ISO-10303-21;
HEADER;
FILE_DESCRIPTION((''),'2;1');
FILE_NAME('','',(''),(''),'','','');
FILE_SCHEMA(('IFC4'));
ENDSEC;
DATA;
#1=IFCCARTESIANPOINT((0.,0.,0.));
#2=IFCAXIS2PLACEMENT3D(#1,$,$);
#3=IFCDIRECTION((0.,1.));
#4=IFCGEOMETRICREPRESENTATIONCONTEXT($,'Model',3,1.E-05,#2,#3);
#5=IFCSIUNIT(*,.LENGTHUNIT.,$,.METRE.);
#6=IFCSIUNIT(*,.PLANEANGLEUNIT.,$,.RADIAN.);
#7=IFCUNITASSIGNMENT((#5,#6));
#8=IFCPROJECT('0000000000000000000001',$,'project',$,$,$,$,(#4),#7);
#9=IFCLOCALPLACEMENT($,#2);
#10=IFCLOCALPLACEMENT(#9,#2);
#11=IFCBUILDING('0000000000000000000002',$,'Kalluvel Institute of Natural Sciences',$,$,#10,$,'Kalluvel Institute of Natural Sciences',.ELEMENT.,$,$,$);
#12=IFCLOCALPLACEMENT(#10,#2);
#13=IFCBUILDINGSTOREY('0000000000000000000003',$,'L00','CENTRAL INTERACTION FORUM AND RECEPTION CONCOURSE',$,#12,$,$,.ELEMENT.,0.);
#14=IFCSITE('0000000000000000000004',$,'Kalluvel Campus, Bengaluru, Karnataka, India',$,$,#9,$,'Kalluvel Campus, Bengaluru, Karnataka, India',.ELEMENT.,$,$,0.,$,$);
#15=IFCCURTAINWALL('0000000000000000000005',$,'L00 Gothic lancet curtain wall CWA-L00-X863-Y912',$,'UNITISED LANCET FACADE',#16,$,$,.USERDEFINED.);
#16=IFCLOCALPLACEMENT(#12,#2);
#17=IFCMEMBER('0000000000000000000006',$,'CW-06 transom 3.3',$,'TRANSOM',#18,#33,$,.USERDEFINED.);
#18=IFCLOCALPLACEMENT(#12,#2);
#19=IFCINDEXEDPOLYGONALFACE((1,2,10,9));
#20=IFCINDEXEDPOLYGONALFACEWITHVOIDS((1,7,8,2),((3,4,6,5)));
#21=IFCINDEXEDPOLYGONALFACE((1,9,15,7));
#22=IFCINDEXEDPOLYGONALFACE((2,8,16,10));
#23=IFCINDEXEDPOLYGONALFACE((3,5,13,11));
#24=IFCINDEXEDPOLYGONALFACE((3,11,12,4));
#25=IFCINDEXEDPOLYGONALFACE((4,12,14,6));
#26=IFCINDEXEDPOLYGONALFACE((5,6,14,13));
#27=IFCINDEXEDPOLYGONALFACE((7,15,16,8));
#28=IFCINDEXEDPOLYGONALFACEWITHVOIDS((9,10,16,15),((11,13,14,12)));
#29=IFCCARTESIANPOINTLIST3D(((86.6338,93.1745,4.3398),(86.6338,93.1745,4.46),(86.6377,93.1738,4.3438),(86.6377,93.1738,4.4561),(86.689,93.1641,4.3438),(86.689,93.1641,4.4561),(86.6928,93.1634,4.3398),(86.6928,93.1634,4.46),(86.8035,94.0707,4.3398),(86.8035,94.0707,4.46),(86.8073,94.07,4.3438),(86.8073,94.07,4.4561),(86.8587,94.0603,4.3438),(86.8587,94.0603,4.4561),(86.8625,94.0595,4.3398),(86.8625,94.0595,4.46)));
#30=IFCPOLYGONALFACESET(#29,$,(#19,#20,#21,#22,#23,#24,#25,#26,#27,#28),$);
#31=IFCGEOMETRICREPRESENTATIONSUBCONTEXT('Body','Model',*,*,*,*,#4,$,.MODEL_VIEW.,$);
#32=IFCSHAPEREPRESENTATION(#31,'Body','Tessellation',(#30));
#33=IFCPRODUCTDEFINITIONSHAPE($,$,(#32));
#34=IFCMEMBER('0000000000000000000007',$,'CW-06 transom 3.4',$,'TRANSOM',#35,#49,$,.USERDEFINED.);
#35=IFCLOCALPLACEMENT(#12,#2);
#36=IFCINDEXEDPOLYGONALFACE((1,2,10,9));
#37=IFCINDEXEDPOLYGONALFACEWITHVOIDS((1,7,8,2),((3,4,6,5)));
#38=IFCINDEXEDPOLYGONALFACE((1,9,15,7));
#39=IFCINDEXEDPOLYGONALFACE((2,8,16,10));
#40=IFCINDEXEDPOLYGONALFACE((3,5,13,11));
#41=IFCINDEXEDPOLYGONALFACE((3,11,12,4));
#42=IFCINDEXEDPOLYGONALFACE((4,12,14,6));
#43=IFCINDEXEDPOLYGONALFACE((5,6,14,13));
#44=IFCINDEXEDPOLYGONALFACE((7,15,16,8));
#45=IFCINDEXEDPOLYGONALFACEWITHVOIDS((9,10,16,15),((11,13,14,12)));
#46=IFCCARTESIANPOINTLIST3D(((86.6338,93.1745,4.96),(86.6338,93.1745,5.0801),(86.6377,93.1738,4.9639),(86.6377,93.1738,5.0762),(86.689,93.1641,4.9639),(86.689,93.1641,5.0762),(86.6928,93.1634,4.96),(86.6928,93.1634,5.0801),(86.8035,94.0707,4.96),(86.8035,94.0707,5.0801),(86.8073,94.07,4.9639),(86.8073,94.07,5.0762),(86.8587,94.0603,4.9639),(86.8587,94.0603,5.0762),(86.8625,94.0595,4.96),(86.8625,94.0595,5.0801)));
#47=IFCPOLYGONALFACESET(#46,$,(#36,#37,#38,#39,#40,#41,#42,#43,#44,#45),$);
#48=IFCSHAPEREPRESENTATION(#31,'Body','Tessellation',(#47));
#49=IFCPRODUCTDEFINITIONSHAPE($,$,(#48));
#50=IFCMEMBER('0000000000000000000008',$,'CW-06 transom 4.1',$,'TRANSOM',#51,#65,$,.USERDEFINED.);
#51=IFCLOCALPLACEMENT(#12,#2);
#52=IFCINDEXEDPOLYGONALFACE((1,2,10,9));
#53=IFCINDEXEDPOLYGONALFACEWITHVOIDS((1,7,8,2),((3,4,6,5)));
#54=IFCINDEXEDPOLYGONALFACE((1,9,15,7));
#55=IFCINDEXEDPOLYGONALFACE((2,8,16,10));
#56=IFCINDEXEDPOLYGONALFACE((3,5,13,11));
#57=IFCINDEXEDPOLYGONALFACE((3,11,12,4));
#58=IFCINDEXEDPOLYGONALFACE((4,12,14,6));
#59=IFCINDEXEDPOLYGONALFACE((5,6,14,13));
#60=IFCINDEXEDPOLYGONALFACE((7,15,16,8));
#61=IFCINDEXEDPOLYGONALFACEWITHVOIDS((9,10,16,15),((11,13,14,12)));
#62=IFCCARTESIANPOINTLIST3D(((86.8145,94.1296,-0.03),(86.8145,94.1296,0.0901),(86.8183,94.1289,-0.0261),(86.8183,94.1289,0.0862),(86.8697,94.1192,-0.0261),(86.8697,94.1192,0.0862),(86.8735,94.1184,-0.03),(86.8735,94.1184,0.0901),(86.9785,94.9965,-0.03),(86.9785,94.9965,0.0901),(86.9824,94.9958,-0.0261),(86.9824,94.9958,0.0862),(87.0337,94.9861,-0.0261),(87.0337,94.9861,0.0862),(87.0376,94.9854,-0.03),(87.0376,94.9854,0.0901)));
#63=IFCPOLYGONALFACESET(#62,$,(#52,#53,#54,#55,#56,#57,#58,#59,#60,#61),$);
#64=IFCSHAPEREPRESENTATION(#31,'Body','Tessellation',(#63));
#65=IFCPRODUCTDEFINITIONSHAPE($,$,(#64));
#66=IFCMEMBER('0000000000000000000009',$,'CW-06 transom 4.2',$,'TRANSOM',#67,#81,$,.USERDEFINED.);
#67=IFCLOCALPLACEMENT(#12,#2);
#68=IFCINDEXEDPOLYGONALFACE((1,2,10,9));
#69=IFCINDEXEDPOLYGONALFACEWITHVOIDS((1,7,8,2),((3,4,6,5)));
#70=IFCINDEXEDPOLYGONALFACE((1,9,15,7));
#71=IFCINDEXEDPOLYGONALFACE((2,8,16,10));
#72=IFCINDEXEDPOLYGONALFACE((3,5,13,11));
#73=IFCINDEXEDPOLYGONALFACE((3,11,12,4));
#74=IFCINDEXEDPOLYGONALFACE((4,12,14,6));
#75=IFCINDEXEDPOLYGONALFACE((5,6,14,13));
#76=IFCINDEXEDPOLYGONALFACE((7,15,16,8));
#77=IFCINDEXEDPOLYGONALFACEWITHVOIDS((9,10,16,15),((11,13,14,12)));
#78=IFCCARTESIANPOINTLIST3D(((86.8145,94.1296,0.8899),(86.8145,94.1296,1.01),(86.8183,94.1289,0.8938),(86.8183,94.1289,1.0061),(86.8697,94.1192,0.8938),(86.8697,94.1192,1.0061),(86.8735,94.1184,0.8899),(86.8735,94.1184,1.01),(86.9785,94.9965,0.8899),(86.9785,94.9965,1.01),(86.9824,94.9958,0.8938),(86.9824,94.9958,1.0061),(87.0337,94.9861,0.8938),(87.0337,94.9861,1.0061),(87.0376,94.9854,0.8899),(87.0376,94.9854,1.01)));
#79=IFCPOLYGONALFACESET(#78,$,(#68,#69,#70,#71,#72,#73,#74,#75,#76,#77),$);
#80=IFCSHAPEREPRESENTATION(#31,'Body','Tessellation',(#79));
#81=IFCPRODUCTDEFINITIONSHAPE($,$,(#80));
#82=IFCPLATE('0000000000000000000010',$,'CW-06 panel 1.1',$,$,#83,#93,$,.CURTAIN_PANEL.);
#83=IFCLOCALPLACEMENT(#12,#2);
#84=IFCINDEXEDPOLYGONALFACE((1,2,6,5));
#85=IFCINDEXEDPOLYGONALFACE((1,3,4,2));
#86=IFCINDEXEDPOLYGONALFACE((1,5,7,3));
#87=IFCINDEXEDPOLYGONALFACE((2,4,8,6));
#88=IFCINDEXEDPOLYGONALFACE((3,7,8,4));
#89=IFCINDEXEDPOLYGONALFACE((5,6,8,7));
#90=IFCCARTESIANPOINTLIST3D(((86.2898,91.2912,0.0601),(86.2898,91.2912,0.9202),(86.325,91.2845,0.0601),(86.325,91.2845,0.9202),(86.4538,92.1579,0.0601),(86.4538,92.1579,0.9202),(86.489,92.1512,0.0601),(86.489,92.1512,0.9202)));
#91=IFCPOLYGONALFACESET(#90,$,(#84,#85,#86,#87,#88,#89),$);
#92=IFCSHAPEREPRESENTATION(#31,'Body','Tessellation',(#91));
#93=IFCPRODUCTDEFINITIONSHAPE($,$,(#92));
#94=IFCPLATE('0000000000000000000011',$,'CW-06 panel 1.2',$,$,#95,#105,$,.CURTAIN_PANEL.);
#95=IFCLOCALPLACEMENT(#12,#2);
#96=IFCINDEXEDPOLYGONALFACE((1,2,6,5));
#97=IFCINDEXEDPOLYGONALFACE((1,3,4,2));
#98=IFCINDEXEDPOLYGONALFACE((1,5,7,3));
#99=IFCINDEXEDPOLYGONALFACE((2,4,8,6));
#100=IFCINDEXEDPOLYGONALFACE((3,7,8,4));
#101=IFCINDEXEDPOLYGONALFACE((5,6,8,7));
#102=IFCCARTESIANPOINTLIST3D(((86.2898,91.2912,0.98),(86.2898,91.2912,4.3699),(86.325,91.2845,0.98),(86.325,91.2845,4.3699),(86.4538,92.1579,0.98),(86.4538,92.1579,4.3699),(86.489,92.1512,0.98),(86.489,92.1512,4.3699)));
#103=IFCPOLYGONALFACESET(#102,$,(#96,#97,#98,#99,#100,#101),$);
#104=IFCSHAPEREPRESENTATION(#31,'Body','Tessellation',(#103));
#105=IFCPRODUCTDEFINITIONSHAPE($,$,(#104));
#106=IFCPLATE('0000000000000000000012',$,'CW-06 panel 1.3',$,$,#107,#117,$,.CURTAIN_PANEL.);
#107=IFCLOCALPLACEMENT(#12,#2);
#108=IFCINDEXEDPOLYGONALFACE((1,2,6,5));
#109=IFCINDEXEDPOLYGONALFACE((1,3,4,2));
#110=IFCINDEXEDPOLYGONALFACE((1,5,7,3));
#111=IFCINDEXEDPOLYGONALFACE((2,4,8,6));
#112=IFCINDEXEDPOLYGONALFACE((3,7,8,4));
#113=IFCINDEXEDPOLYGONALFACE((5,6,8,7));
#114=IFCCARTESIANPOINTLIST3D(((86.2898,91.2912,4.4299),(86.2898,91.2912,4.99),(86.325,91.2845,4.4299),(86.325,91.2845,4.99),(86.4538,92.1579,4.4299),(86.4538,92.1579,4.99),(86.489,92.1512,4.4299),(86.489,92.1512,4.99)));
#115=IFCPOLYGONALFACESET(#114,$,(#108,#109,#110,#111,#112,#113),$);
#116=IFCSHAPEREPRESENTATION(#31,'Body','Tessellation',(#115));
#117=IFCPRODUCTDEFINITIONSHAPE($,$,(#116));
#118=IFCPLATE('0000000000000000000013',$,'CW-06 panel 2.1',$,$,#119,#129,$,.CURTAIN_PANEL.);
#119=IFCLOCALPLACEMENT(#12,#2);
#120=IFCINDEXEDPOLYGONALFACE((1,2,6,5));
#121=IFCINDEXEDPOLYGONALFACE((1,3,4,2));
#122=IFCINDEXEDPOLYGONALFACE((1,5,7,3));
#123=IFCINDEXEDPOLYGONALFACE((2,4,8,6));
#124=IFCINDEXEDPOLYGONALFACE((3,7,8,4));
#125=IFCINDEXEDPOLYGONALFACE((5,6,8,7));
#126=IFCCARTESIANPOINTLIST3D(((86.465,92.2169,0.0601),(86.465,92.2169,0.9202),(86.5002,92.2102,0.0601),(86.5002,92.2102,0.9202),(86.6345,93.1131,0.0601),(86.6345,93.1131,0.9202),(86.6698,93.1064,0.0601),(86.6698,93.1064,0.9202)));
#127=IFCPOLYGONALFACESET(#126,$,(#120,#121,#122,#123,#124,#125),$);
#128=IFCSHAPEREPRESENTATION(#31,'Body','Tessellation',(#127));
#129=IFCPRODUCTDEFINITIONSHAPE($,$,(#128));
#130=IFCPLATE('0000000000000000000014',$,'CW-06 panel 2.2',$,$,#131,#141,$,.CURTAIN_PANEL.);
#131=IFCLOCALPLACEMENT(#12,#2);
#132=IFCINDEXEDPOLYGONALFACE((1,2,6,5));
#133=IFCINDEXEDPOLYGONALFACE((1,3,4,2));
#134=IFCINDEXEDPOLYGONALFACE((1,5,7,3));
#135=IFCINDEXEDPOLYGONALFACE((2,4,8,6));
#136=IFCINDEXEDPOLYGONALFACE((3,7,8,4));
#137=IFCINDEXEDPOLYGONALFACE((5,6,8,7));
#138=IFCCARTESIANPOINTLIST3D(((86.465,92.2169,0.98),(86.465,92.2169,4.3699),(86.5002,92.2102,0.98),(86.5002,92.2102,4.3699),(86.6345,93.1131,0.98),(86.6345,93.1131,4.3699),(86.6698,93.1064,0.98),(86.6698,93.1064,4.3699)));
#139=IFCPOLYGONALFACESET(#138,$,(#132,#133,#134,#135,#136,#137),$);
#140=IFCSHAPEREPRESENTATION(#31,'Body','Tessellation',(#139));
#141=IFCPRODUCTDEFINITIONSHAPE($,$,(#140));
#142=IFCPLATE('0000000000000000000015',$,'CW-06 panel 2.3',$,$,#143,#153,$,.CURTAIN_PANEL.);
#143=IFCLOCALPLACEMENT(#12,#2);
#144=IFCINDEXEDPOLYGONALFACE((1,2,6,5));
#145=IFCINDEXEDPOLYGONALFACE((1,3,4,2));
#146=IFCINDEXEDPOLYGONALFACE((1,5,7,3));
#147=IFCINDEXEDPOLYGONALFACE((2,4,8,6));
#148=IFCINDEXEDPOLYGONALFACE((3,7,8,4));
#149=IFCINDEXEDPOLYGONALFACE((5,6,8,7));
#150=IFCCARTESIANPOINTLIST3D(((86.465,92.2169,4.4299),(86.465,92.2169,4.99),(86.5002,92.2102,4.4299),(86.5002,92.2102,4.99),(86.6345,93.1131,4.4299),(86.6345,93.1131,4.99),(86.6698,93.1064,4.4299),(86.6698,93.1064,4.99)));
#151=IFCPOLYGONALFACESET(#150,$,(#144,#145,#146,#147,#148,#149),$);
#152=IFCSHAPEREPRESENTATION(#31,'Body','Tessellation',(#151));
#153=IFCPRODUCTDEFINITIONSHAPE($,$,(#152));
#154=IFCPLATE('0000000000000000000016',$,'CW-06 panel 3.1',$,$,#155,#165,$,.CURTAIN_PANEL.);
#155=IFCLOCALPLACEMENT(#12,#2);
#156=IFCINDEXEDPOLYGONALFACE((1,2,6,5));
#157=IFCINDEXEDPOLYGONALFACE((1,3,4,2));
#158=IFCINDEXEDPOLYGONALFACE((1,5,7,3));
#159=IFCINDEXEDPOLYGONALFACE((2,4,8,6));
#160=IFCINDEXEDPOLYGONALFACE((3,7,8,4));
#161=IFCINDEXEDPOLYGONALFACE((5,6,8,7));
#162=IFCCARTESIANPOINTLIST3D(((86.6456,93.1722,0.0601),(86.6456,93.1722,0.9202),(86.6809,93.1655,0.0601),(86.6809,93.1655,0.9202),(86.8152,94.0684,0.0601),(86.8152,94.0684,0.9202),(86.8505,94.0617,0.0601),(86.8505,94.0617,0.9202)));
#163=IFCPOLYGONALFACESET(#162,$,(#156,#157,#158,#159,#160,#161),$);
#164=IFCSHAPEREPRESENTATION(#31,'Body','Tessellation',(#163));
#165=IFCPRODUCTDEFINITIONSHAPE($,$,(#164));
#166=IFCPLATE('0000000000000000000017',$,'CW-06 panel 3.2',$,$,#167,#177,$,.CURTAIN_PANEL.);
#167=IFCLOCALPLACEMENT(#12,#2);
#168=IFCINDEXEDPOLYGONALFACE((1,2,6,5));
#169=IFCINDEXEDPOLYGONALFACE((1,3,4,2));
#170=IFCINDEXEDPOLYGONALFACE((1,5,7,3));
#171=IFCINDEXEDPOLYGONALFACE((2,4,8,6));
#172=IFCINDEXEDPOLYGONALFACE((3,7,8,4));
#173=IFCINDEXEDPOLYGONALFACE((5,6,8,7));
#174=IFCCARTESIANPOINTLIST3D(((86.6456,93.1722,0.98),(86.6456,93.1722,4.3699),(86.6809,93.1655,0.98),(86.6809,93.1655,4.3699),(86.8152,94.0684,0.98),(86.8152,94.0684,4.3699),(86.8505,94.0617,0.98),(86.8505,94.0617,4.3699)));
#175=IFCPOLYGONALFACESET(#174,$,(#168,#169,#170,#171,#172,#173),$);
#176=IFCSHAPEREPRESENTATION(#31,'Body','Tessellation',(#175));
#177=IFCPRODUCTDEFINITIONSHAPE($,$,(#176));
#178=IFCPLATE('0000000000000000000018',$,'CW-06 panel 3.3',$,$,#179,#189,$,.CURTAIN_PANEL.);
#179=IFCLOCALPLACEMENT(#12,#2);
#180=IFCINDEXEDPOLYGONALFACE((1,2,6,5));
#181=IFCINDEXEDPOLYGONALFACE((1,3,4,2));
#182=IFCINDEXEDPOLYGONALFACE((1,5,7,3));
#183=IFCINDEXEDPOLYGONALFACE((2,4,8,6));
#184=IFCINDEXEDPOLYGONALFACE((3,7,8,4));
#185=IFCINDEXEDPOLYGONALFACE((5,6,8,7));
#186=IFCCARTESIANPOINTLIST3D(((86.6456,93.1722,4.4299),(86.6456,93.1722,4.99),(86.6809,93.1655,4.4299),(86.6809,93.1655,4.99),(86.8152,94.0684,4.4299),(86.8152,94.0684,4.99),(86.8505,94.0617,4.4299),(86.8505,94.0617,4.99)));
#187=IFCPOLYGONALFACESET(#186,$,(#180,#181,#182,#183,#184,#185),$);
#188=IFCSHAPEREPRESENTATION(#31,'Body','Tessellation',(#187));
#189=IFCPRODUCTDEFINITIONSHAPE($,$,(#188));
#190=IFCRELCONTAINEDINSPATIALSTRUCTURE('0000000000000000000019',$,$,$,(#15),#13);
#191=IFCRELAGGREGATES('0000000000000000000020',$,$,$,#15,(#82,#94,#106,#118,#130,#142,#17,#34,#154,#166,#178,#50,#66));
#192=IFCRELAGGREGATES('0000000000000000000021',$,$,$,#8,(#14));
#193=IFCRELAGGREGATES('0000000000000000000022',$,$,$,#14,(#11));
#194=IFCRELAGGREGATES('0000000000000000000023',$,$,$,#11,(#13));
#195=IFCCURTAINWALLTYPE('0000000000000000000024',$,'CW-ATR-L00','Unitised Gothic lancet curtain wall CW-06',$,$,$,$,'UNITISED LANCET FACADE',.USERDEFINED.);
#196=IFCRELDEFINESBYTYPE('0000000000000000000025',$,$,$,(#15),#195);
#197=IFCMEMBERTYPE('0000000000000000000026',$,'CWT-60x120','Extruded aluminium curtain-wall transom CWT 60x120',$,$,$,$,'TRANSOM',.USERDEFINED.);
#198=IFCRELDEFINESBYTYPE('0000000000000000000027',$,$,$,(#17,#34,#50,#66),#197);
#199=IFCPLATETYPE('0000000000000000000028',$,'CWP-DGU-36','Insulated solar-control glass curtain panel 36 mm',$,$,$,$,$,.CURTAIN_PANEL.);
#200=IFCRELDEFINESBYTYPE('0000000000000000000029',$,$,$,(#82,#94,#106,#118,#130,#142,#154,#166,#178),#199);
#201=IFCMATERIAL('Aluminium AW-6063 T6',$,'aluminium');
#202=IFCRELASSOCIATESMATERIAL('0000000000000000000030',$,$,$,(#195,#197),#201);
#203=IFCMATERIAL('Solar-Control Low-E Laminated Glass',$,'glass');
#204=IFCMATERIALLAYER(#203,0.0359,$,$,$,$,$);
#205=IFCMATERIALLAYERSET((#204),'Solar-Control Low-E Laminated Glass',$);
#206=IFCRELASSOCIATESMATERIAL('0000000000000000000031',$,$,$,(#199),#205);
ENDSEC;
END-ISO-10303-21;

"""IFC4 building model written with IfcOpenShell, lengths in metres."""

from ifc_helpers import new_model, si_unit, direction, frame, origin, origin_2d, place, context, subcontext, project, spatial, rectangle, hollow_rectangle, extrude, material, layer, layer_set, material_profile, profile_set, type_object, element, aggregate, save


model = new_model("IFC4")

# Units and contexts
model_context = context("Model", 3, precision=1e-05, world=origin(), true_north=direction((0.0, 1.0)))
body_context = subcontext(model_context, "Body", "Model", "MODEL_VIEW")
ifc_project = project(units=[si_unit("LENGTHUNIT", "METRE"), si_unit("PLANEANGLEUNIT", "RADIAN")], contexts=[model_context])

# Site, building, storey
site_placement = place(None, origin())
site = spatial("IfcSite", under=ifc_project, at=site_placement, Name="Kalluvel Campus, Bengaluru, Karnataka, India", LongName="Kalluvel Campus, Bengaluru, Karnataka, India", CompositionType="ELEMENT", RefElevation=0.0)
building_placement = place(site_placement, origin())
building = spatial("IfcBuilding", under=site, at=building_placement, Name="Kalluvel Institute of Natural Sciences", LongName="Kalluvel Institute of Natural Sciences", CompositionType="ELEMENT")
storey_placement = place(building_placement, origin())
storey = spatial("IfcBuildingStorey", under=building, at=storey_placement, Name="L00", Description="CENTRAL INTERACTION FORUM AND RECEPTION CONCOURSE", CompositionType="ELEMENT", Elevation=0.0)

# Curtain wall, members, plates
ifc_material_1 = material(Name="Aluminium AW-6063 T6", Category="aluminium")
curtain_wall_type = type_object("IfcCurtainWallType", Name="CW-ATR-L00", Description="Unitised Gothic lancet curtain wall CW-06", ElementType="UNITISED LANCET FACADE", PredefinedType="USERDEFINED", material=ifc_material_1)
curtain_wall_placement = place(storey_placement, origin())
curtain_wall = element("IfcCurtainWall", 1, at=curtain_wall_placement, inside=storey, type_object=curtain_wall_type, Name="L00 Gothic lancet curtain wall CWA-L00-X863-Y912", ObjectType="UNITISED LANCET FACADE", PredefinedType="USERDEFINED")
ifc_material_profile_1 = material_profile(ifc_material_1, hollow_rectangle(XDim=0.0601, YDim=0.1201, WallThickness=0.0039, at=origin_2d()), Name="CWT 60x120")
ifc_profile_set_1 = profile_set([ifc_material_profile_1], Name="Aluminium AW-6063 T6")
member_type_1 = type_object("IfcMemberType", Name="CWT-60x120", Description="Extruded aluminium curtain-wall transom CWT 60x120", ElementType="TRANSOM", PredefinedType="USERDEFINED", material=ifc_profile_set_1)
member_1_placement = place(storey_placement, frame((86.6633, 93.1689, 4.3999), z_axis=(0.186017, 0.982546, 0.0), x_axis=(-0.982546, 0.186017, 0.0)))
member_1 = element("IfcMember", 2, at=member_1_placement, type_object=member_type_1, Name="CW-06 transom 3.3", ObjectType="TRANSOM", PredefinedType="USERDEFINED", context=body_context, shape_type="SweptSolid", body=[
    extrude(hollow_rectangle(XDim=0.0601, YDim=0.1201, WallThickness=0.0039, at=origin_2d()), origin(), (0.0, 0.0, 1.0), 0.9121),
])
member_2_placement = place(storey_placement, frame((86.6633, 93.1689, 5.02), z_axis=(0.186017, 0.982546, 0.0), x_axis=(-0.982546, 0.186017, 0.0)))
member_2 = element("IfcMember", 3, at=member_2_placement, type_object=member_type_1, Name="CW-06 transom 3.4", ObjectType="TRANSOM", PredefinedType="USERDEFINED", context=body_context, shape_type="SweptSolid", body=[
    extrude(hollow_rectangle(XDim=0.0601, YDim=0.1201, WallThickness=0.0039, at=origin_2d()), origin(), (0.0, 0.0, 1.0), 0.9121),
])
member_3_placement = place(storey_placement, frame((86.844, 94.124, 0.03), z_axis=(0.185942, 0.982561, 0.0), x_axis=(-0.982561, 0.185942, 0.0)))
member_3 = element("IfcMember", 4, at=member_3_placement, type_object=member_type_1, Name="CW-06 transom 4.1", ObjectType="TRANSOM", PredefinedType="USERDEFINED", context=body_context, shape_type="SweptSolid", body=[
    extrude(hollow_rectangle(XDim=0.0601, YDim=0.1201, WallThickness=0.0039, at=origin_2d()), origin(), (0.0, 0.0, 1.0), 0.8823),
])
member_4_placement = place(storey_placement, frame((86.844, 94.124, 0.95), z_axis=(0.185942, 0.982561, 0.0), x_axis=(-0.982561, 0.185942, 0.0)))
member_4 = element("IfcMember", 5, at=member_4_placement, type_object=member_type_1, Name="CW-06 transom 4.2", ObjectType="TRANSOM", PredefinedType="USERDEFINED", context=body_context, shape_type="SweptSolid", body=[
    extrude(hollow_rectangle(XDim=0.0601, YDim=0.1201, WallThickness=0.0039, at=origin_2d()), origin(), (0.0, 0.0, 1.0), 0.8823),
])
ifc_material_2 = material(Name="Solar-Control Low-E Laminated Glass", Category="glass")
ifc_layer = layer(ifc_material_2, 0.0359)
ifc_layer_set = layer_set([ifc_layer], Name="Solar-Control Low-E Laminated Glass")
plate_type = type_object("IfcPlateType", Name="CWP-DGU-36", Description="Insulated solar-control glass curtain panel 36 mm", PredefinedType="CURTAIN_PANEL", material=ifc_layer_set)
plate_1_placement = place(storey_placement, frame((86.3894, 91.7212, 0.0601), z_axis=(0.0, 0.0, 1.0), x_axis=(0.185898, 0.982569, 0.0)))
plate_1 = element("IfcPlate", 6, at=plate_1_placement, type_object=plate_type, Name="CW-06 panel 1.1", PredefinedType="CURTAIN_PANEL", context=body_context, shape_type="SweptSolid", body=[
    extrude(rectangle(XDim=0.8821, YDim=0.0359, at=origin_2d()), origin(), (0.0, 0.0, 1.0), 0.8601),
])
plate_2_placement = place(storey_placement, frame((86.3894, 91.7212, 0.98), z_axis=(0.0, 0.0, 1.0), x_axis=(0.185898, 0.982569, 0.0)))
plate_2 = element("IfcPlate", 7, at=plate_2_placement, type_object=plate_type, Name="CW-06 panel 1.2", PredefinedType="CURTAIN_PANEL", context=body_context, shape_type="SweptSolid", body=[
    extrude(rectangle(XDim=0.8821, YDim=0.0359, at=origin_2d()), origin(), (0.0, 0.0, 1.0), 3.3899),
])
plate_3_placement = place(storey_placement, frame((86.3894, 91.7212, 4.4299), z_axis=(0.0, 0.0, 1.0), x_axis=(0.185898, 0.982569, 0.0)))
plate_3 = element("IfcPlate", 8, at=plate_3_placement, type_object=plate_type, Name="CW-06 panel 1.3", PredefinedType="CURTAIN_PANEL", context=body_context, shape_type="SweptSolid", body=[
    extrude(rectangle(XDim=0.8821, YDim=0.0359, at=origin_2d()), origin(), (0.0, 0.0, 1.0), 0.5601),
])
plate_4_placement = place(storey_placement, frame((86.5674, 92.6616, 0.0601), z_axis=(0.0, 0.0, 1.0), x_axis=(0.185898, 0.982569, 0.0)))
plate_4 = element("IfcPlate", 9, at=plate_4_placement, type_object=plate_type, Name="CW-06 panel 2.1", PredefinedType="CURTAIN_PANEL", context=body_context, shape_type="SweptSolid", body=[
    extrude(rectangle(XDim=0.9121, YDim=0.0359, at=origin_2d()), origin(), (0.0, 0.0, 1.0), 0.8601),
])
plate_5_placement = place(storey_placement, frame((86.5674, 92.6616, 0.98), z_axis=(0.0, 0.0, 1.0), x_axis=(0.185898, 0.982569, 0.0)))
plate_5 = element("IfcPlate", 10, at=plate_5_placement, type_object=plate_type, Name="CW-06 panel 2.2", PredefinedType="CURTAIN_PANEL", context=body_context, shape_type="SweptSolid", body=[
    extrude(rectangle(XDim=0.9121, YDim=0.0359, at=origin_2d()), origin(), (0.0, 0.0, 1.0), 3.3899),
])
plate_6_placement = place(storey_placement, frame((86.5674, 92.6616, 4.4299), z_axis=(0.0, 0.0, 1.0), x_axis=(0.185898, 0.982569, 0.0)))
plate_6 = element("IfcPlate", 11, at=plate_6_placement, type_object=plate_type, Name="CW-06 panel 2.3", PredefinedType="CURTAIN_PANEL", context=body_context, shape_type="SweptSolid", body=[
    extrude(rectangle(XDim=0.9121, YDim=0.0359, at=origin_2d()), origin(), (0.0, 0.0, 1.0), 0.5601),
])
plate_7_placement = place(storey_placement, frame((86.748, 93.6169, 0.0601), z_axis=(0.0, 0.0, 1.0), x_axis=(0.185898, 0.982569, 0.0)))
plate_7 = element("IfcPlate", 12, at=plate_7_placement, type_object=plate_type, Name="CW-06 panel 3.1", PredefinedType="CURTAIN_PANEL", context=body_context, shape_type="SweptSolid", body=[
    extrude(rectangle(XDim=0.9121, YDim=0.0359, at=origin_2d()), origin(), (0.0, 0.0, 1.0), 0.8601),
])
plate_8_placement = place(storey_placement, frame((86.748, 93.6169, 0.98), z_axis=(0.0, 0.0, 1.0), x_axis=(0.185898, 0.982569, 0.0)))
plate_8 = element("IfcPlate", 13, at=plate_8_placement, type_object=plate_type, Name="CW-06 panel 3.2", PredefinedType="CURTAIN_PANEL", context=body_context, shape_type="SweptSolid", body=[
    extrude(rectangle(XDim=0.9121, YDim=0.0359, at=origin_2d()), origin(), (0.0, 0.0, 1.0), 3.3899),
])
plate_9_placement = place(storey_placement, frame((86.748, 93.6169, 4.4299), z_axis=(0.0, 0.0, 1.0), x_axis=(0.185898, 0.982569, 0.0)))
plate_9 = element("IfcPlate", 14, at=plate_9_placement, type_object=plate_type, Name="CW-06 panel 3.3", PredefinedType="CURTAIN_PANEL", context=body_context, shape_type="SweptSolid", body=[
    extrude(rectangle(XDim=0.9121, YDim=0.0359, at=origin_2d()), origin(), (0.0, 0.0, 1.0), 0.5601),
])
aggregate(curtain_wall, [plate_1, plate_2, plate_3, plate_4, plate_5, plate_6, member_1, member_2, plate_7, plate_8, plate_9, member_3, member_4])

save(model, "model.ifc")
